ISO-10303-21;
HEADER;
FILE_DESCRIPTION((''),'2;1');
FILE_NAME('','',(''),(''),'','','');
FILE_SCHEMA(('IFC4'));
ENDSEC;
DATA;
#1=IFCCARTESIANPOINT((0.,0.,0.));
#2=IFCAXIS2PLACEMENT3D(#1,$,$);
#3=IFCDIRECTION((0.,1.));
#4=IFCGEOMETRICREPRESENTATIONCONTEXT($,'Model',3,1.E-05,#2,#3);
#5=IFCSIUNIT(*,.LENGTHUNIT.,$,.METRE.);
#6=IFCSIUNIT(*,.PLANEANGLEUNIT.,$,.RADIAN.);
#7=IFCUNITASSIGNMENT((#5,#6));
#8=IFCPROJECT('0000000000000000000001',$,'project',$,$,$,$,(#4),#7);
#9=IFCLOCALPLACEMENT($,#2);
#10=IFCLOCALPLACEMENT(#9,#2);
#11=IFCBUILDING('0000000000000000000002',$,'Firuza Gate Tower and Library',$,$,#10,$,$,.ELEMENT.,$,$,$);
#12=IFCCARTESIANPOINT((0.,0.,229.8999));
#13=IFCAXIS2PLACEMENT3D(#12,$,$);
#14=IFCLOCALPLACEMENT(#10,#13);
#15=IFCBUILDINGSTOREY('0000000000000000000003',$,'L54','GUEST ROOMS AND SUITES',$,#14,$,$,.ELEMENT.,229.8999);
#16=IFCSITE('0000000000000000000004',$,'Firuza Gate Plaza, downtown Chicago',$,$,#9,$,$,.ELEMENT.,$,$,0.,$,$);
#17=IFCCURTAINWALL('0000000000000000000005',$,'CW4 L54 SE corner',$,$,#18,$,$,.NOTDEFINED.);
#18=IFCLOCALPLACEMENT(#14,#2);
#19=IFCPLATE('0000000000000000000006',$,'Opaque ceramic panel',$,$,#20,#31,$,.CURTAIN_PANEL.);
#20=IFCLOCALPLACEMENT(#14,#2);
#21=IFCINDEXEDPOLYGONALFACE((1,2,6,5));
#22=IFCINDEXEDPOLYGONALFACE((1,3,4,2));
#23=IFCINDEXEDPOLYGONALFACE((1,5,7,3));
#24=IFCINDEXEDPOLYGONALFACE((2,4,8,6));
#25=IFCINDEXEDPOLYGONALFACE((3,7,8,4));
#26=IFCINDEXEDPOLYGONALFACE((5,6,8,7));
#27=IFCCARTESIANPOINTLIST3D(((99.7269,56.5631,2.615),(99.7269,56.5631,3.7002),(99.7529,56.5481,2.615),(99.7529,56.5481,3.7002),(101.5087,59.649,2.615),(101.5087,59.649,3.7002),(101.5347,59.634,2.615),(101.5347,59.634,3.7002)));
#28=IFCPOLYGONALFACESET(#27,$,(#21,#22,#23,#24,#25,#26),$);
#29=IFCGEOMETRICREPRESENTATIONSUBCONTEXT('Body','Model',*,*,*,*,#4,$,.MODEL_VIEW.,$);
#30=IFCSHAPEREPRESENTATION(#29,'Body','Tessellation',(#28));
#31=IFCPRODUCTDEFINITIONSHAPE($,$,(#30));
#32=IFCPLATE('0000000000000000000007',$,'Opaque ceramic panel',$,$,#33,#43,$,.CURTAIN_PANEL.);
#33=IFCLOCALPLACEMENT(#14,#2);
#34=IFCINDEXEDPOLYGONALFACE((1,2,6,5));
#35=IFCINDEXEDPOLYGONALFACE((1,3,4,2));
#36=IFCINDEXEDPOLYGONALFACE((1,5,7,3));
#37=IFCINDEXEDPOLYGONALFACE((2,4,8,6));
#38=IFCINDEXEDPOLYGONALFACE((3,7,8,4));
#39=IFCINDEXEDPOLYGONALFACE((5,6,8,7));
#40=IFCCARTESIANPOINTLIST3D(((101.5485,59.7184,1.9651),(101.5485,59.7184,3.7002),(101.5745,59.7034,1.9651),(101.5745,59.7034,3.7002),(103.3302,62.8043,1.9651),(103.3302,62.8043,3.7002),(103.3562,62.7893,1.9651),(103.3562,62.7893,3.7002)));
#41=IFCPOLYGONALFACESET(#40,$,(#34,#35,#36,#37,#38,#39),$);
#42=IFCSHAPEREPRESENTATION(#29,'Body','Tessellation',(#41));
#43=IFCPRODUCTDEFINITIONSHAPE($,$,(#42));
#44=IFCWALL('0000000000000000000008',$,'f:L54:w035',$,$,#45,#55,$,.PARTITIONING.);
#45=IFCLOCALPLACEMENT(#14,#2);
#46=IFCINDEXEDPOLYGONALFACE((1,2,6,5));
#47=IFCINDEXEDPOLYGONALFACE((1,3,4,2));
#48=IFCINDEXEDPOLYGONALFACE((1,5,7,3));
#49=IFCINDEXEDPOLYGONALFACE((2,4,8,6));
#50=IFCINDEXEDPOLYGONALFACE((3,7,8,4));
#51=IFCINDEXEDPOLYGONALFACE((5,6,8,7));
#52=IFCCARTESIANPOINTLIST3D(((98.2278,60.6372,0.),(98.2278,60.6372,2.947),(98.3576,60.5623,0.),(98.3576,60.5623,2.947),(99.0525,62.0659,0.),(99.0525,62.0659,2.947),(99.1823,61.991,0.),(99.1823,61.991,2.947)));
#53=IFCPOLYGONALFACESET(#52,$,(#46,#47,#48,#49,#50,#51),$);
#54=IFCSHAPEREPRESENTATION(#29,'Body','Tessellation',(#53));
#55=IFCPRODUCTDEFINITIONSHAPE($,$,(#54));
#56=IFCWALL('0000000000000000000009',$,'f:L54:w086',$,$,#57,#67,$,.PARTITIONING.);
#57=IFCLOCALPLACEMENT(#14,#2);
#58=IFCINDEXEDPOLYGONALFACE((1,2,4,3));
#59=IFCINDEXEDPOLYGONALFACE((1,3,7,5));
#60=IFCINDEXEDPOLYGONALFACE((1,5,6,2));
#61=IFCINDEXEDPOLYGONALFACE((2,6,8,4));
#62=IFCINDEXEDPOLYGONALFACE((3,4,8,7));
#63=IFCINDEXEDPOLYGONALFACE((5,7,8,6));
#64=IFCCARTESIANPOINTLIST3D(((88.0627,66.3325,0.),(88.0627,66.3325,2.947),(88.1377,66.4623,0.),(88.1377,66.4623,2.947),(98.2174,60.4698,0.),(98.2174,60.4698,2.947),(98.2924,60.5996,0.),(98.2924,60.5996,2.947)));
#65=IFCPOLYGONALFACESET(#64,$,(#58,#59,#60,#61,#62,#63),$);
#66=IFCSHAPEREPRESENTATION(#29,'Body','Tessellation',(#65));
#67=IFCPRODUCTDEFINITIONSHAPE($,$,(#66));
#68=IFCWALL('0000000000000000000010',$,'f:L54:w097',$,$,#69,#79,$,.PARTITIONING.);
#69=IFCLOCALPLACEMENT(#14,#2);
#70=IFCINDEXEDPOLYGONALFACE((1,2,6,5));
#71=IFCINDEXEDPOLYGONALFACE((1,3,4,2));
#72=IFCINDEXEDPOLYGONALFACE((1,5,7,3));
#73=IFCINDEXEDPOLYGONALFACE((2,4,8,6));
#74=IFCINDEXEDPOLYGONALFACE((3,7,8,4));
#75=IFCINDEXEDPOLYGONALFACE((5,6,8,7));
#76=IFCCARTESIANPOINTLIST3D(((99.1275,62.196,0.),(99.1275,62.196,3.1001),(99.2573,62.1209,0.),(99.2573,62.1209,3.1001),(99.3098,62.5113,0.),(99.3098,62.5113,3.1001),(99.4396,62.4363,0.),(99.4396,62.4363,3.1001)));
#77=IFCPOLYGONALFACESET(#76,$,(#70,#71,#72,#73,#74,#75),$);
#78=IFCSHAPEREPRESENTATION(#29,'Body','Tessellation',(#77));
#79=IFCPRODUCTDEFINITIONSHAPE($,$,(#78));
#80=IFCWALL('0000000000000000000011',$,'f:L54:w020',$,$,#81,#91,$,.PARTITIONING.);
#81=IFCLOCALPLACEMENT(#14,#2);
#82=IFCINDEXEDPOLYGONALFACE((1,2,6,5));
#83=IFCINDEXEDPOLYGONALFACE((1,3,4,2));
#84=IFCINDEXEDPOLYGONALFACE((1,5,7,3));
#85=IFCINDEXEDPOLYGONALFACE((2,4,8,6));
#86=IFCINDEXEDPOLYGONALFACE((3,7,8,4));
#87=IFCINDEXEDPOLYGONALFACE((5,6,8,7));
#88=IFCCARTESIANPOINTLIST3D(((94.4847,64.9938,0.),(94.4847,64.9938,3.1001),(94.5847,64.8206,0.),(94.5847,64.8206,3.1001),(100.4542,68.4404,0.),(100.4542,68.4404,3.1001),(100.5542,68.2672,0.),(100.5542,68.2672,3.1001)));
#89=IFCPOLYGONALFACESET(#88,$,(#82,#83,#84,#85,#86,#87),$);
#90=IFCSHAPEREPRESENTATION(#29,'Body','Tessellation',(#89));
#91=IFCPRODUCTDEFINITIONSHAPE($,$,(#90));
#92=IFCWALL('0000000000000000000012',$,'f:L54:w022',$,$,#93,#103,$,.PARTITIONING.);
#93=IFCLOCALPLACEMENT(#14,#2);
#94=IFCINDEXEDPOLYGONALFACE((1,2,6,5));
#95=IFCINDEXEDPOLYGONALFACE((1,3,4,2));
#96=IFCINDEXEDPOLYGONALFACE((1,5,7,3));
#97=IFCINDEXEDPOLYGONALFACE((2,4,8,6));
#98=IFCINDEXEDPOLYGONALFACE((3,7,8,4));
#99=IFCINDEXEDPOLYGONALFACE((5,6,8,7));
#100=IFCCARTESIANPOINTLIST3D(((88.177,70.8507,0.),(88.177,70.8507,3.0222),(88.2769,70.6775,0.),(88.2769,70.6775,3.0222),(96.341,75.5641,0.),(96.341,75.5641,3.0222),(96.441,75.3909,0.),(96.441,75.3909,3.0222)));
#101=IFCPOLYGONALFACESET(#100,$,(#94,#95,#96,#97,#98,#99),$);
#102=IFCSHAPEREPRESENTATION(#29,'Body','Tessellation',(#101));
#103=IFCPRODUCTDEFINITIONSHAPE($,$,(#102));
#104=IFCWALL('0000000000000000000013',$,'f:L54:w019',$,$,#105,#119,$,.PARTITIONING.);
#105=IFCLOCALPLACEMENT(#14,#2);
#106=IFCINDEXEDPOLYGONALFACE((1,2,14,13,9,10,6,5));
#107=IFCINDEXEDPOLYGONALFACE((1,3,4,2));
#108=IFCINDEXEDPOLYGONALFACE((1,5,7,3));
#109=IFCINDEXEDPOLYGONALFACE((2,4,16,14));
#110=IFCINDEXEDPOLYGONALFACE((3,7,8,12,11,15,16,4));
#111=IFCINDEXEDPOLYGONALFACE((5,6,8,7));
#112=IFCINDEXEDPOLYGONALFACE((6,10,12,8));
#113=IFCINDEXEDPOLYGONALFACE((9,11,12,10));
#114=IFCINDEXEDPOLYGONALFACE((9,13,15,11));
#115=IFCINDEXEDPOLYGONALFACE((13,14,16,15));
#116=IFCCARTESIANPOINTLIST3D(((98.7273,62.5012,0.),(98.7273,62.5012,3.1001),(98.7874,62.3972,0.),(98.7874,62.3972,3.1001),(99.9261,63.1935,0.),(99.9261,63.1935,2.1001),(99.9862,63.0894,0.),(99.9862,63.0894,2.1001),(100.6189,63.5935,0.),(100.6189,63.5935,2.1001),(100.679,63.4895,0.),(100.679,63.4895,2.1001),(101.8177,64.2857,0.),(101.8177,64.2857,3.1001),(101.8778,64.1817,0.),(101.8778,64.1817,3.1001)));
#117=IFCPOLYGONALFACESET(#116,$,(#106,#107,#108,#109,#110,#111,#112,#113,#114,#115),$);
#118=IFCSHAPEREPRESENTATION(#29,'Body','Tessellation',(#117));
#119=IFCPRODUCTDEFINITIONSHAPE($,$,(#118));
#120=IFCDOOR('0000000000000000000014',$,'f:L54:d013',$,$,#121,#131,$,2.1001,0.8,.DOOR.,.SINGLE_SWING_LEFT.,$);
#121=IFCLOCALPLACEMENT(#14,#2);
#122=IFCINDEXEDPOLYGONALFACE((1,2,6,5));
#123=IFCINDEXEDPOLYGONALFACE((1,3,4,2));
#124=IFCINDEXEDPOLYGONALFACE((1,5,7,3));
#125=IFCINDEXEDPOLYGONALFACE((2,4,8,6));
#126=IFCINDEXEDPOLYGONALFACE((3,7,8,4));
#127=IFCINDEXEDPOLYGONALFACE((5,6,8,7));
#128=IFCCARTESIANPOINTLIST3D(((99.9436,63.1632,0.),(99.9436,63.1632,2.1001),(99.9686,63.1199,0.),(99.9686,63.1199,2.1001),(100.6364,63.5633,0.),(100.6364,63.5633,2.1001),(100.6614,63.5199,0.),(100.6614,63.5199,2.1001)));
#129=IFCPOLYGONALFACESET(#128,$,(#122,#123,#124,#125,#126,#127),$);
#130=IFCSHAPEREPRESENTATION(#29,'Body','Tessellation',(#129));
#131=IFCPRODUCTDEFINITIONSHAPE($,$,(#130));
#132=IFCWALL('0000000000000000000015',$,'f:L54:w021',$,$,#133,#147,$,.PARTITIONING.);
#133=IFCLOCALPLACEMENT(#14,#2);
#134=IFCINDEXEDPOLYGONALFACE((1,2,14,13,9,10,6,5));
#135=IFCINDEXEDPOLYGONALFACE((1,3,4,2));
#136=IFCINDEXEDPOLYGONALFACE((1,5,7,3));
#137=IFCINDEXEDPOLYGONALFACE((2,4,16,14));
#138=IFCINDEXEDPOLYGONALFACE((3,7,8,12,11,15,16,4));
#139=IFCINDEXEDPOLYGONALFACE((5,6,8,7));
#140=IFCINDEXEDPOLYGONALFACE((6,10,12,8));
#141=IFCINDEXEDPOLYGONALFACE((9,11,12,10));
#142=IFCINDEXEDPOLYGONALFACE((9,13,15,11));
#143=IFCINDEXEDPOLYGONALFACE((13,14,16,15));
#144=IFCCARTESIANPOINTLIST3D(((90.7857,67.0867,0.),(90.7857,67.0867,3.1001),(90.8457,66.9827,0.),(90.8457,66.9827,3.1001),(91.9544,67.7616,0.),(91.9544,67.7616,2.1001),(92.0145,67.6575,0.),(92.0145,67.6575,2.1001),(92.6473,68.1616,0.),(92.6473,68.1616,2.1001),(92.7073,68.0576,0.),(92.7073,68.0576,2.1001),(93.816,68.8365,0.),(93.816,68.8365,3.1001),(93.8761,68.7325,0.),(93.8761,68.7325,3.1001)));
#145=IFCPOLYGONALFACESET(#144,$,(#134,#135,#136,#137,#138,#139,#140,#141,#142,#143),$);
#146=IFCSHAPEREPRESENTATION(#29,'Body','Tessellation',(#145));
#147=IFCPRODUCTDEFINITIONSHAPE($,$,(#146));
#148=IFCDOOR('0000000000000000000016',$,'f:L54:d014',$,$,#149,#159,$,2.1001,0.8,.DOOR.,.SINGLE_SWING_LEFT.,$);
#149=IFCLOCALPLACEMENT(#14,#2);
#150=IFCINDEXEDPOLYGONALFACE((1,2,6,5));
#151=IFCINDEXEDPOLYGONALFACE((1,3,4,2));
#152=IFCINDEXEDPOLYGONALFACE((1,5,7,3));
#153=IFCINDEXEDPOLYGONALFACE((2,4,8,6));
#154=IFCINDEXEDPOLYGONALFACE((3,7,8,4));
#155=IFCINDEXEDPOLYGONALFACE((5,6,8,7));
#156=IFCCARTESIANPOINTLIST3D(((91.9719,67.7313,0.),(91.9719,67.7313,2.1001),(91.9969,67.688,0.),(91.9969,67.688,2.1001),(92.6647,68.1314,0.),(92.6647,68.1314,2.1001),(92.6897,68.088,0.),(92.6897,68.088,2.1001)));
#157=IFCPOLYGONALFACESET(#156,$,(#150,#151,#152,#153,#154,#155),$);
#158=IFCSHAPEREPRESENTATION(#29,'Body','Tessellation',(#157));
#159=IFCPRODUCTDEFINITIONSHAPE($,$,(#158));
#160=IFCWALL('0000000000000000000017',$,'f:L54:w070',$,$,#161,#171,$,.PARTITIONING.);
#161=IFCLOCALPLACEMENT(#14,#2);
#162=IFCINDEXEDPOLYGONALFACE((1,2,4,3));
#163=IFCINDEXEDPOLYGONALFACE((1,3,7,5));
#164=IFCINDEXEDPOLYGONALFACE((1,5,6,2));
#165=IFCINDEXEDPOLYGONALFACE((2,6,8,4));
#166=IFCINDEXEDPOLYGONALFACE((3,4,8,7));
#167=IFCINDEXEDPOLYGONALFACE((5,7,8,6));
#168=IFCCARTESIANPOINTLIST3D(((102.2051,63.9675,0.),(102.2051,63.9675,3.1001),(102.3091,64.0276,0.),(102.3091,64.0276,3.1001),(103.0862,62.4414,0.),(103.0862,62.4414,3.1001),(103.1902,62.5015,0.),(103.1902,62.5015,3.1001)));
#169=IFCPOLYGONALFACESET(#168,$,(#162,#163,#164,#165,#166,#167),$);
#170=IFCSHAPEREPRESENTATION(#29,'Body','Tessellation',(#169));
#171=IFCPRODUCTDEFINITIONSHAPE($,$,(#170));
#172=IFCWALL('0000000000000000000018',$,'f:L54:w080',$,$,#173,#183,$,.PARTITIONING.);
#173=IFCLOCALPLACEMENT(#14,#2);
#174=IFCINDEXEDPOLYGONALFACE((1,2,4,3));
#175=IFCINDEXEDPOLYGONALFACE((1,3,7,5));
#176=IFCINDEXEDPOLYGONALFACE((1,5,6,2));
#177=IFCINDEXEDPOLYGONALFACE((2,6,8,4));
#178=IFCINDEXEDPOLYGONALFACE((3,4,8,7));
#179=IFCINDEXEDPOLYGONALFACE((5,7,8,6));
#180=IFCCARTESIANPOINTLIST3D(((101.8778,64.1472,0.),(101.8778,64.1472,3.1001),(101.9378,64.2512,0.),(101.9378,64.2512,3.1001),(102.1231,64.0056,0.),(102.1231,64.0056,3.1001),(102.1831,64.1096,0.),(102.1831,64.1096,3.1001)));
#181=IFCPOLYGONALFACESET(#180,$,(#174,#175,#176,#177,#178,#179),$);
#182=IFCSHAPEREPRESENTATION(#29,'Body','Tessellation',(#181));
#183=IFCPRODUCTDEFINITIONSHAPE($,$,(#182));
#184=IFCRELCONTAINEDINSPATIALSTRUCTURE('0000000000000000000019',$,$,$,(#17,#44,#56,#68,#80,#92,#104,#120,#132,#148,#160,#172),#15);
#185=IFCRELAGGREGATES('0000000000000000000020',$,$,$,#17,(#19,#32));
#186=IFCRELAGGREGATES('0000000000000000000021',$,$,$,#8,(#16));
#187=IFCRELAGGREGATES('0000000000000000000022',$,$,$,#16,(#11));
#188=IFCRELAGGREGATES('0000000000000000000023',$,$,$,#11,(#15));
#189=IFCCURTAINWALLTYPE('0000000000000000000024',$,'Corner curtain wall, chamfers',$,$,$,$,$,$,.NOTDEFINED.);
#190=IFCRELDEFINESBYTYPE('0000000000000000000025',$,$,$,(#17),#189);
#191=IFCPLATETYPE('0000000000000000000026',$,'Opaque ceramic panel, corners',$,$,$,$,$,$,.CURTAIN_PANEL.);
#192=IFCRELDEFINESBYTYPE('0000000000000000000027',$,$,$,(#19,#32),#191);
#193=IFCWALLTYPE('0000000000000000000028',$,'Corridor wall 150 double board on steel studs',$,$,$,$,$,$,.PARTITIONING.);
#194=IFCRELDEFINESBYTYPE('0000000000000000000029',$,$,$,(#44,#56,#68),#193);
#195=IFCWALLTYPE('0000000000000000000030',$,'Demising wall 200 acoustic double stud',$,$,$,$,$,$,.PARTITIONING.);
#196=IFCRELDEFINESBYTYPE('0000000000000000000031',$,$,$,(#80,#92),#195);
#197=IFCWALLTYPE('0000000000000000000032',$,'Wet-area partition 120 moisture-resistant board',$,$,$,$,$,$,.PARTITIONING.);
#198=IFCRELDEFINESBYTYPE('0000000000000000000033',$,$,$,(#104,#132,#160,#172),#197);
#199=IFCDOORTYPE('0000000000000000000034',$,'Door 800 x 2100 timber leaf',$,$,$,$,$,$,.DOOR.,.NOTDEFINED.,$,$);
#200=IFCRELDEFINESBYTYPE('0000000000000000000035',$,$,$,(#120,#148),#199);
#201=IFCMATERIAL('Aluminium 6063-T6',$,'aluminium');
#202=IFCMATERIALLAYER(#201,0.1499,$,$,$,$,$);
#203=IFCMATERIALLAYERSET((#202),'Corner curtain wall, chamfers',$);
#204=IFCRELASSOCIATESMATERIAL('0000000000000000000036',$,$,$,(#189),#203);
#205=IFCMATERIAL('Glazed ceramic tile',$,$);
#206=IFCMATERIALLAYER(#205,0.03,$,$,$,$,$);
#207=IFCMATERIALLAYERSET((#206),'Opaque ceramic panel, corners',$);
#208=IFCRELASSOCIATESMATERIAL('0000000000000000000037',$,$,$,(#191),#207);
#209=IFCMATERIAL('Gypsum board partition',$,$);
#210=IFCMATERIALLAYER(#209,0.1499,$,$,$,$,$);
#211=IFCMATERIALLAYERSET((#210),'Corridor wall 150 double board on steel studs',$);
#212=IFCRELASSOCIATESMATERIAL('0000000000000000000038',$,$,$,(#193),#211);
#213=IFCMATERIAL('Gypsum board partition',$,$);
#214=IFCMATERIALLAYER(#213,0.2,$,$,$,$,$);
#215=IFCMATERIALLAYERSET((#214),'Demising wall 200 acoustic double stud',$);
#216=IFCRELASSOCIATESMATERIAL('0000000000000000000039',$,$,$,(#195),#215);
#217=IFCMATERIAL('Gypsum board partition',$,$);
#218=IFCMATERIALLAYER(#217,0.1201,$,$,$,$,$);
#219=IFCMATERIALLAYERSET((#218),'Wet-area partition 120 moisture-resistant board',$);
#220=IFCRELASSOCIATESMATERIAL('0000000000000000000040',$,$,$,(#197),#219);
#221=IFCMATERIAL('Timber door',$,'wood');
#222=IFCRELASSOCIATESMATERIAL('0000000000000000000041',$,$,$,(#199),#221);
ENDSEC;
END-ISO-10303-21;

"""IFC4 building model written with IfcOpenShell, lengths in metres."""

from ifc_helpers import new_model, si_unit, direction, frame, frame_2d, origin, place, context, subcontext, project, spatial, polyline, rectangle, outline, extrude, material, layer, layer_set, type_object, element, fill, aggregate, save


model = new_model("IFC4")

# Units and contexts
model_context = context("Model", 3, precision=1e-05, world=origin(), true_north=direction((0.0, 1.0)))
body_context = subcontext(model_context, "Body", "Model", "MODEL_VIEW")
ifc_project = project(units=[si_unit("LENGTHUNIT", "METRE"), si_unit("PLANEANGLEUNIT", "RADIAN")], contexts=[model_context])

# Site, building, storey
site_placement = place(None, origin())
site = spatial("IfcSite", under=ifc_project, at=site_placement, Name="Firuza Gate Plaza, downtown Chicago", CompositionType="ELEMENT", RefElevation=0.0)
building_placement = place(site_placement, origin())
building = spatial("IfcBuilding", under=site, at=building_placement, Name="Firuza Gate Tower and Library", CompositionType="ELEMENT")
storey_placement = place(building_placement, frame((0.0, 0.0, 229.8999)))
storey = spatial("IfcBuildingStorey", under=building, at=storey_placement, Name="L54", Description="GUEST ROOMS AND SUITES", CompositionType="ELEMENT", Elevation=229.8999)

# Curtain wall
ifc_material_1 = material(Name="Aluminium 6063-T6", Category="aluminium")
ifc_layer_1 = layer(ifc_material_1, 0.1499)
ifc_layer_set_1 = layer_set([ifc_layer_1], Name="Corner curtain wall, chamfers")
curtain_wall_type = type_object("IfcCurtainWallType", Name="Corner curtain wall, chamfers", PredefinedType="NOTDEFINED", material=ifc_layer_set_1)
curtain_wall_placement = place(storey_placement, origin())
curtain_wall = element("IfcCurtainWall", 1, at=curtain_wall_placement, inside=storey, type_object=curtain_wall_type, Name="CW4 L54 SE corner", PredefinedType="NOTDEFINED")

# Plates
ifc_material_2 = material(Name="Glazed ceramic tile")
ifc_layer_2 = layer(ifc_material_2, 0.03)
ifc_layer_set_2 = layer_set([ifc_layer_2], Name="Opaque ceramic panel, corners")
plate_type_1 = type_object("IfcPlateType", Name="Opaque ceramic panel, corners", PredefinedType="CURTAIN_PANEL", material=ifc_layer_set_2)
plate_1_placement = place(storey_placement, frame((99.7529, 56.5481, 2.615), z_axis=(0.866017, -0.500015, 0.0), x_axis=(0.500015, 0.866017, 0.0)))
plate_1 = element("IfcPlate", 2, at=plate_1_placement, type_object=plate_type_1, Name="Opaque ceramic panel", PredefinedType="CURTAIN_PANEL", context=body_context, shape_type="SweptSolid", body=[
    extrude(outline(polyline([(0.0, 0.0), (3.5634, 0.0), (3.5634, 1.0852), (0.0, 1.0852), (0.0, 0.0)])), origin(), (0.0, 0.0, -1.0), 0.03),
])
plate_2_placement = place(storey_placement, frame((101.5745, 59.7034, 1.9651), z_axis=(0.866017, -0.500015, 0.0), x_axis=(0.500015, 0.866017, 0.0)))
plate_2 = element("IfcPlate", 3, at=plate_2_placement, type_object=plate_type_1, Name="Opaque ceramic panel", PredefinedType="CURTAIN_PANEL", context=body_context, shape_type="SweptSolid", body=[
    extrude(outline(polyline([(0.0, 0.0), (3.5634, 0.0), (3.5634, 1.7351), (0.0, 1.7351), (0.0, 0.0)])), origin(), (0.0, 0.0, -1.0), 0.03),
])
aggregate(curtain_wall, [plate_1, plate_2])

# Walls
ifc_material_3 = material(Name="Gypsum board partition")
ifc_layer_3 = layer(ifc_material_3, 0.1499)
ifc_layer_set_3 = layer_set([ifc_layer_3], Name="Corridor wall 150 double board on steel studs")
wall_type_1 = type_object("IfcWallType", Name="Corridor wall 150 double board on steel studs", PredefinedType="PARTITIONING", material=ifc_layer_set_3)
wall_1_placement = place(storey_placement, frame((98.2927, 60.5999, 0.0), z_axis=(0.0, 0.0, 1.0), x_axis=(0.499927, 0.866067, 0.0)))
element("IfcWall", 4, at=wall_1_placement, inside=storey, type_object=wall_type_1, Name="f:L54:w035", PredefinedType="PARTITIONING", context=body_context, shape_type="SweptSolid", body=[
    extrude(rectangle(XDim=1.6497, YDim=0.1499, at=frame_2d((0.8247, 0.0))), origin(), (0.0, 0.0, 1.0), 2.947),
])
wall_2_placement = place(storey_placement, frame((98.2549, 60.5347, 0.0), z_axis=(0.0, 0.0, 1.0), x_axis=(-0.866028, 0.499995, 0.0)))
element("IfcWall", 5, at=wall_2_placement, inside=storey, type_object=wall_type_1, Name="f:L54:w086", PredefinedType="PARTITIONING", context=body_context, shape_type="SweptSolid", body=[
    extrude(rectangle(XDim=11.7256, YDim=0.1499, at=frame_2d((5.8628, 0.0))), origin(), (0.0, 0.0, 1.0), 2.947),
])
wall_3_placement = place(storey_placement, frame((99.1924, 62.1584, 0.0), z_axis=(0.0, 0.0, 1.0), x_axis=(0.500534, 0.865717, 0.0)))
element("IfcWall", 6, at=wall_3_placement, inside=storey, type_object=wall_type_1, Name="f:L54:w097", PredefinedType="PARTITIONING", context=body_context, shape_type="SweptSolid", body=[
    extrude(rectangle(XDim=0.3643, YDim=0.1499, at=frame_2d((0.1821, 0.0))), origin(), (0.0, 0.0, 1.0), 3.1001),
])
ifc_material_4 = material(Name="Gypsum board partition")
ifc_layer_4 = layer(ifc_material_4, 0.2)
ifc_layer_set_4 = layer_set([ifc_layer_4], Name="Demising wall 200 acoustic double stud")
wall_type_2 = type_object("IfcWallType", Name="Demising wall 200 acoustic double stud", PredefinedType="PARTITIONING", material=ifc_layer_set_4)
wall_4_placement = place(storey_placement, frame((94.5347, 64.9072, 0.0), z_axis=(0.0, 0.0, 1.0), x_axis=(0.866022, 0.500006, 0.0)))
element("IfcWall", 7, at=wall_4_placement, inside=storey, type_object=wall_type_2, Name="f:L54:w020", PredefinedType="PARTITIONING", context=body_context, shape_type="SweptSolid", body=[
    extrude(rectangle(XDim=6.8931, YDim=0.2, at=frame_2d((3.4465, 0.0))), origin(), (0.0, 0.0, 1.0), 3.1001),
])
wall_5_placement = place(storey_placement, frame((88.2271, 70.7642, 0.0), z_axis=(0.0, 0.0, 1.0), x_axis=(0.866032, 0.499988, 0.0)))
element("IfcWall", 8, at=wall_5_placement, inside=storey, type_object=wall_type_2, Name="f:L54:w022", PredefinedType="PARTITIONING", context=body_context, shape_type="SweptSolid", body=[
    extrude(rectangle(XDim=9.427, YDim=0.2, at=frame_2d((4.7134, 0.0))), origin(), (0.0, 0.0, 1.0), 3.0222),
])

# Walls, openings, doors
ifc_material_5 = material(Name="Gypsum board partition")
ifc_layer_5 = layer(ifc_material_5, 0.1201)
ifc_layer_set_5 = layer_set([ifc_layer_5], Name="Wet-area partition 120 moisture-resistant board")
wall_type_3 = type_object("IfcWallType", Name="Wet-area partition 120 moisture-resistant board", PredefinedType="PARTITIONING", material=ifc_layer_set_5)
wall_6_placement = place(storey_placement, frame((101.8477, 64.2336, 0.0), z_axis=(0.0, 0.0, 1.0), x_axis=(-0.865999, -0.500046, 0.0)))
wall_6 = element("IfcWall", 9, at=wall_6_placement, inside=storey, type_object=wall_type_3, Name="f:L54:w019", PredefinedType="PARTITIONING", context=body_context, shape_type="SweptSolid", body=[
    extrude(rectangle(XDim=3.5686, YDim=0.1201, at=frame_2d((1.7842, 0.0))), origin(), (0.0, 0.0, 1.0), 3.1001),
])
opening_1_placement = place(wall_6_placement, frame((1.3843, 0.0, 0.0)))
opening_1 = element("IfcOpeningElement", 10, at=opening_1_placement, cuts=wall_6, PredefinedType="OPENING", context=body_context, shape_type="SweptSolid", body=[
    extrude(rectangle(XDim=0.8, YDim=2.1001, at=frame_2d((0.3999, 1.05))), frame((0.0, 0.0701, 0.0), z_axis=(0.0, -1.0, 0.0), x_axis=(1.0, 0.0, 0.0)), (0.0, 0.0, 1.0), 0.1401),
])
ifc_material_6 = material(Name="Timber door", Category="wood")
door_type = type_object("IfcDoorType", Name="Door 800 x 2100 timber leaf", OperationType="NOTDEFINED", PredefinedType="DOOR", material=ifc_material_6)
door_1_placement = place(opening_1_placement, origin())
door_1 = element("IfcDoor", 11, at=door_1_placement, inside=storey, type_object=door_type, Name="f:L54:d013", OperationType="SINGLE_SWING_LEFT", OverallHeight=2.1001, OverallWidth=0.8, PredefinedType="DOOR", context=body_context, shape_type="SweptSolid", body=[
    extrude(rectangle(XDim=0.8, YDim=2.1001, at=frame_2d((0.3999, 1.05))), frame((0.0, 0.0249, 0.0), z_axis=(0.0, -1.0, 0.0), x_axis=(1.0, 0.0, 0.0)), (0.0, 0.0, 1.0), 0.05),
])
fill(opening_1, door_1)
wall_7_placement = place(storey_placement, frame((93.8459, 68.7844, 0.0), z_axis=(0.0, 0.0, 1.0), x_axis=(-0.865997, -0.500049, 0.0)))
wall_7 = element("IfcWall", 12, at=wall_7_placement, inside=storey, type_object=wall_type_3, Name="f:L54:w021", PredefinedType="PARTITIONING", context=body_context, shape_type="SweptSolid", body=[
    extrude(rectangle(XDim=3.4993, YDim=0.1201, at=frame_2d((1.7495, 0.0))), origin(), (0.0, 0.0, 1.0), 3.1001),
])
opening_2_placement = place(wall_7_placement, frame((1.3496, 0.0, 0.0)))
opening_2 = element("IfcOpeningElement", 13, at=opening_2_placement, cuts=wall_7, PredefinedType="OPENING", context=body_context, shape_type="SweptSolid", body=[
    extrude(rectangle(XDim=0.8, YDim=2.1001, at=frame_2d((0.3999, 1.05))), frame((0.0, 0.0701, 0.0), z_axis=(0.0, -1.0, 0.0), x_axis=(1.0, 0.0, 0.0)), (0.0, 0.0, 1.0), 0.1401),
])
door_2_placement = place(opening_2_placement, origin())
door_2 = element("IfcDoor", 14, at=door_2_placement, inside=storey, type_object=door_type, Name="f:L54:d014", OperationType="SINGLE_SWING_LEFT", OverallHeight=2.1001, OverallWidth=0.8, PredefinedType="DOOR", context=body_context, shape_type="SweptSolid", body=[
    extrude(rectangle(XDim=0.8, YDim=2.1001, at=frame_2d((0.3999, 1.05))), frame((0.0, 0.0249, 0.0), z_axis=(0.0, -1.0, 0.0), x_axis=(1.0, 0.0, 0.0)), (0.0, 0.0, 1.0), 0.05),
])
fill(opening_2, door_2)

# Walls
wall_8_placement = place(storey_placement, frame((103.1382, 62.4714, 0.0), z_axis=(0.0, 0.0, 1.0), x_axis=(-0.499998, 0.866026, 0.0)))
element("IfcWall", 15, at=wall_8_placement, inside=storey, type_object=wall_type_3, Name="f:L54:w070", PredefinedType="PARTITIONING", context=body_context, shape_type="SweptSolid", body=[
    extrude(rectangle(XDim=1.7622, YDim=0.1201, at=frame_2d((0.8811, 0.0))), origin(), (0.0, 0.0, 1.0), 3.1001),
])
wall_9_placement = place(storey_placement, frame((102.1531, 64.0576, 0.0), z_axis=(0.0, 0.0, 1.0), x_axis=(-0.866114, 0.499847, 0.0)))
element("IfcWall", 16, at=wall_9_placement, inside=storey, type_object=wall_type_3, Name="f:L54:w080", PredefinedType="PARTITIONING", context=body_context, shape_type="SweptSolid", body=[
    extrude(rectangle(XDim=0.2832, YDim=0.1201, at=frame_2d((0.1416, 0.0))), origin(), (0.0, 0.0, 1.0), 3.1001),
])

save(model, "model.ifc")
